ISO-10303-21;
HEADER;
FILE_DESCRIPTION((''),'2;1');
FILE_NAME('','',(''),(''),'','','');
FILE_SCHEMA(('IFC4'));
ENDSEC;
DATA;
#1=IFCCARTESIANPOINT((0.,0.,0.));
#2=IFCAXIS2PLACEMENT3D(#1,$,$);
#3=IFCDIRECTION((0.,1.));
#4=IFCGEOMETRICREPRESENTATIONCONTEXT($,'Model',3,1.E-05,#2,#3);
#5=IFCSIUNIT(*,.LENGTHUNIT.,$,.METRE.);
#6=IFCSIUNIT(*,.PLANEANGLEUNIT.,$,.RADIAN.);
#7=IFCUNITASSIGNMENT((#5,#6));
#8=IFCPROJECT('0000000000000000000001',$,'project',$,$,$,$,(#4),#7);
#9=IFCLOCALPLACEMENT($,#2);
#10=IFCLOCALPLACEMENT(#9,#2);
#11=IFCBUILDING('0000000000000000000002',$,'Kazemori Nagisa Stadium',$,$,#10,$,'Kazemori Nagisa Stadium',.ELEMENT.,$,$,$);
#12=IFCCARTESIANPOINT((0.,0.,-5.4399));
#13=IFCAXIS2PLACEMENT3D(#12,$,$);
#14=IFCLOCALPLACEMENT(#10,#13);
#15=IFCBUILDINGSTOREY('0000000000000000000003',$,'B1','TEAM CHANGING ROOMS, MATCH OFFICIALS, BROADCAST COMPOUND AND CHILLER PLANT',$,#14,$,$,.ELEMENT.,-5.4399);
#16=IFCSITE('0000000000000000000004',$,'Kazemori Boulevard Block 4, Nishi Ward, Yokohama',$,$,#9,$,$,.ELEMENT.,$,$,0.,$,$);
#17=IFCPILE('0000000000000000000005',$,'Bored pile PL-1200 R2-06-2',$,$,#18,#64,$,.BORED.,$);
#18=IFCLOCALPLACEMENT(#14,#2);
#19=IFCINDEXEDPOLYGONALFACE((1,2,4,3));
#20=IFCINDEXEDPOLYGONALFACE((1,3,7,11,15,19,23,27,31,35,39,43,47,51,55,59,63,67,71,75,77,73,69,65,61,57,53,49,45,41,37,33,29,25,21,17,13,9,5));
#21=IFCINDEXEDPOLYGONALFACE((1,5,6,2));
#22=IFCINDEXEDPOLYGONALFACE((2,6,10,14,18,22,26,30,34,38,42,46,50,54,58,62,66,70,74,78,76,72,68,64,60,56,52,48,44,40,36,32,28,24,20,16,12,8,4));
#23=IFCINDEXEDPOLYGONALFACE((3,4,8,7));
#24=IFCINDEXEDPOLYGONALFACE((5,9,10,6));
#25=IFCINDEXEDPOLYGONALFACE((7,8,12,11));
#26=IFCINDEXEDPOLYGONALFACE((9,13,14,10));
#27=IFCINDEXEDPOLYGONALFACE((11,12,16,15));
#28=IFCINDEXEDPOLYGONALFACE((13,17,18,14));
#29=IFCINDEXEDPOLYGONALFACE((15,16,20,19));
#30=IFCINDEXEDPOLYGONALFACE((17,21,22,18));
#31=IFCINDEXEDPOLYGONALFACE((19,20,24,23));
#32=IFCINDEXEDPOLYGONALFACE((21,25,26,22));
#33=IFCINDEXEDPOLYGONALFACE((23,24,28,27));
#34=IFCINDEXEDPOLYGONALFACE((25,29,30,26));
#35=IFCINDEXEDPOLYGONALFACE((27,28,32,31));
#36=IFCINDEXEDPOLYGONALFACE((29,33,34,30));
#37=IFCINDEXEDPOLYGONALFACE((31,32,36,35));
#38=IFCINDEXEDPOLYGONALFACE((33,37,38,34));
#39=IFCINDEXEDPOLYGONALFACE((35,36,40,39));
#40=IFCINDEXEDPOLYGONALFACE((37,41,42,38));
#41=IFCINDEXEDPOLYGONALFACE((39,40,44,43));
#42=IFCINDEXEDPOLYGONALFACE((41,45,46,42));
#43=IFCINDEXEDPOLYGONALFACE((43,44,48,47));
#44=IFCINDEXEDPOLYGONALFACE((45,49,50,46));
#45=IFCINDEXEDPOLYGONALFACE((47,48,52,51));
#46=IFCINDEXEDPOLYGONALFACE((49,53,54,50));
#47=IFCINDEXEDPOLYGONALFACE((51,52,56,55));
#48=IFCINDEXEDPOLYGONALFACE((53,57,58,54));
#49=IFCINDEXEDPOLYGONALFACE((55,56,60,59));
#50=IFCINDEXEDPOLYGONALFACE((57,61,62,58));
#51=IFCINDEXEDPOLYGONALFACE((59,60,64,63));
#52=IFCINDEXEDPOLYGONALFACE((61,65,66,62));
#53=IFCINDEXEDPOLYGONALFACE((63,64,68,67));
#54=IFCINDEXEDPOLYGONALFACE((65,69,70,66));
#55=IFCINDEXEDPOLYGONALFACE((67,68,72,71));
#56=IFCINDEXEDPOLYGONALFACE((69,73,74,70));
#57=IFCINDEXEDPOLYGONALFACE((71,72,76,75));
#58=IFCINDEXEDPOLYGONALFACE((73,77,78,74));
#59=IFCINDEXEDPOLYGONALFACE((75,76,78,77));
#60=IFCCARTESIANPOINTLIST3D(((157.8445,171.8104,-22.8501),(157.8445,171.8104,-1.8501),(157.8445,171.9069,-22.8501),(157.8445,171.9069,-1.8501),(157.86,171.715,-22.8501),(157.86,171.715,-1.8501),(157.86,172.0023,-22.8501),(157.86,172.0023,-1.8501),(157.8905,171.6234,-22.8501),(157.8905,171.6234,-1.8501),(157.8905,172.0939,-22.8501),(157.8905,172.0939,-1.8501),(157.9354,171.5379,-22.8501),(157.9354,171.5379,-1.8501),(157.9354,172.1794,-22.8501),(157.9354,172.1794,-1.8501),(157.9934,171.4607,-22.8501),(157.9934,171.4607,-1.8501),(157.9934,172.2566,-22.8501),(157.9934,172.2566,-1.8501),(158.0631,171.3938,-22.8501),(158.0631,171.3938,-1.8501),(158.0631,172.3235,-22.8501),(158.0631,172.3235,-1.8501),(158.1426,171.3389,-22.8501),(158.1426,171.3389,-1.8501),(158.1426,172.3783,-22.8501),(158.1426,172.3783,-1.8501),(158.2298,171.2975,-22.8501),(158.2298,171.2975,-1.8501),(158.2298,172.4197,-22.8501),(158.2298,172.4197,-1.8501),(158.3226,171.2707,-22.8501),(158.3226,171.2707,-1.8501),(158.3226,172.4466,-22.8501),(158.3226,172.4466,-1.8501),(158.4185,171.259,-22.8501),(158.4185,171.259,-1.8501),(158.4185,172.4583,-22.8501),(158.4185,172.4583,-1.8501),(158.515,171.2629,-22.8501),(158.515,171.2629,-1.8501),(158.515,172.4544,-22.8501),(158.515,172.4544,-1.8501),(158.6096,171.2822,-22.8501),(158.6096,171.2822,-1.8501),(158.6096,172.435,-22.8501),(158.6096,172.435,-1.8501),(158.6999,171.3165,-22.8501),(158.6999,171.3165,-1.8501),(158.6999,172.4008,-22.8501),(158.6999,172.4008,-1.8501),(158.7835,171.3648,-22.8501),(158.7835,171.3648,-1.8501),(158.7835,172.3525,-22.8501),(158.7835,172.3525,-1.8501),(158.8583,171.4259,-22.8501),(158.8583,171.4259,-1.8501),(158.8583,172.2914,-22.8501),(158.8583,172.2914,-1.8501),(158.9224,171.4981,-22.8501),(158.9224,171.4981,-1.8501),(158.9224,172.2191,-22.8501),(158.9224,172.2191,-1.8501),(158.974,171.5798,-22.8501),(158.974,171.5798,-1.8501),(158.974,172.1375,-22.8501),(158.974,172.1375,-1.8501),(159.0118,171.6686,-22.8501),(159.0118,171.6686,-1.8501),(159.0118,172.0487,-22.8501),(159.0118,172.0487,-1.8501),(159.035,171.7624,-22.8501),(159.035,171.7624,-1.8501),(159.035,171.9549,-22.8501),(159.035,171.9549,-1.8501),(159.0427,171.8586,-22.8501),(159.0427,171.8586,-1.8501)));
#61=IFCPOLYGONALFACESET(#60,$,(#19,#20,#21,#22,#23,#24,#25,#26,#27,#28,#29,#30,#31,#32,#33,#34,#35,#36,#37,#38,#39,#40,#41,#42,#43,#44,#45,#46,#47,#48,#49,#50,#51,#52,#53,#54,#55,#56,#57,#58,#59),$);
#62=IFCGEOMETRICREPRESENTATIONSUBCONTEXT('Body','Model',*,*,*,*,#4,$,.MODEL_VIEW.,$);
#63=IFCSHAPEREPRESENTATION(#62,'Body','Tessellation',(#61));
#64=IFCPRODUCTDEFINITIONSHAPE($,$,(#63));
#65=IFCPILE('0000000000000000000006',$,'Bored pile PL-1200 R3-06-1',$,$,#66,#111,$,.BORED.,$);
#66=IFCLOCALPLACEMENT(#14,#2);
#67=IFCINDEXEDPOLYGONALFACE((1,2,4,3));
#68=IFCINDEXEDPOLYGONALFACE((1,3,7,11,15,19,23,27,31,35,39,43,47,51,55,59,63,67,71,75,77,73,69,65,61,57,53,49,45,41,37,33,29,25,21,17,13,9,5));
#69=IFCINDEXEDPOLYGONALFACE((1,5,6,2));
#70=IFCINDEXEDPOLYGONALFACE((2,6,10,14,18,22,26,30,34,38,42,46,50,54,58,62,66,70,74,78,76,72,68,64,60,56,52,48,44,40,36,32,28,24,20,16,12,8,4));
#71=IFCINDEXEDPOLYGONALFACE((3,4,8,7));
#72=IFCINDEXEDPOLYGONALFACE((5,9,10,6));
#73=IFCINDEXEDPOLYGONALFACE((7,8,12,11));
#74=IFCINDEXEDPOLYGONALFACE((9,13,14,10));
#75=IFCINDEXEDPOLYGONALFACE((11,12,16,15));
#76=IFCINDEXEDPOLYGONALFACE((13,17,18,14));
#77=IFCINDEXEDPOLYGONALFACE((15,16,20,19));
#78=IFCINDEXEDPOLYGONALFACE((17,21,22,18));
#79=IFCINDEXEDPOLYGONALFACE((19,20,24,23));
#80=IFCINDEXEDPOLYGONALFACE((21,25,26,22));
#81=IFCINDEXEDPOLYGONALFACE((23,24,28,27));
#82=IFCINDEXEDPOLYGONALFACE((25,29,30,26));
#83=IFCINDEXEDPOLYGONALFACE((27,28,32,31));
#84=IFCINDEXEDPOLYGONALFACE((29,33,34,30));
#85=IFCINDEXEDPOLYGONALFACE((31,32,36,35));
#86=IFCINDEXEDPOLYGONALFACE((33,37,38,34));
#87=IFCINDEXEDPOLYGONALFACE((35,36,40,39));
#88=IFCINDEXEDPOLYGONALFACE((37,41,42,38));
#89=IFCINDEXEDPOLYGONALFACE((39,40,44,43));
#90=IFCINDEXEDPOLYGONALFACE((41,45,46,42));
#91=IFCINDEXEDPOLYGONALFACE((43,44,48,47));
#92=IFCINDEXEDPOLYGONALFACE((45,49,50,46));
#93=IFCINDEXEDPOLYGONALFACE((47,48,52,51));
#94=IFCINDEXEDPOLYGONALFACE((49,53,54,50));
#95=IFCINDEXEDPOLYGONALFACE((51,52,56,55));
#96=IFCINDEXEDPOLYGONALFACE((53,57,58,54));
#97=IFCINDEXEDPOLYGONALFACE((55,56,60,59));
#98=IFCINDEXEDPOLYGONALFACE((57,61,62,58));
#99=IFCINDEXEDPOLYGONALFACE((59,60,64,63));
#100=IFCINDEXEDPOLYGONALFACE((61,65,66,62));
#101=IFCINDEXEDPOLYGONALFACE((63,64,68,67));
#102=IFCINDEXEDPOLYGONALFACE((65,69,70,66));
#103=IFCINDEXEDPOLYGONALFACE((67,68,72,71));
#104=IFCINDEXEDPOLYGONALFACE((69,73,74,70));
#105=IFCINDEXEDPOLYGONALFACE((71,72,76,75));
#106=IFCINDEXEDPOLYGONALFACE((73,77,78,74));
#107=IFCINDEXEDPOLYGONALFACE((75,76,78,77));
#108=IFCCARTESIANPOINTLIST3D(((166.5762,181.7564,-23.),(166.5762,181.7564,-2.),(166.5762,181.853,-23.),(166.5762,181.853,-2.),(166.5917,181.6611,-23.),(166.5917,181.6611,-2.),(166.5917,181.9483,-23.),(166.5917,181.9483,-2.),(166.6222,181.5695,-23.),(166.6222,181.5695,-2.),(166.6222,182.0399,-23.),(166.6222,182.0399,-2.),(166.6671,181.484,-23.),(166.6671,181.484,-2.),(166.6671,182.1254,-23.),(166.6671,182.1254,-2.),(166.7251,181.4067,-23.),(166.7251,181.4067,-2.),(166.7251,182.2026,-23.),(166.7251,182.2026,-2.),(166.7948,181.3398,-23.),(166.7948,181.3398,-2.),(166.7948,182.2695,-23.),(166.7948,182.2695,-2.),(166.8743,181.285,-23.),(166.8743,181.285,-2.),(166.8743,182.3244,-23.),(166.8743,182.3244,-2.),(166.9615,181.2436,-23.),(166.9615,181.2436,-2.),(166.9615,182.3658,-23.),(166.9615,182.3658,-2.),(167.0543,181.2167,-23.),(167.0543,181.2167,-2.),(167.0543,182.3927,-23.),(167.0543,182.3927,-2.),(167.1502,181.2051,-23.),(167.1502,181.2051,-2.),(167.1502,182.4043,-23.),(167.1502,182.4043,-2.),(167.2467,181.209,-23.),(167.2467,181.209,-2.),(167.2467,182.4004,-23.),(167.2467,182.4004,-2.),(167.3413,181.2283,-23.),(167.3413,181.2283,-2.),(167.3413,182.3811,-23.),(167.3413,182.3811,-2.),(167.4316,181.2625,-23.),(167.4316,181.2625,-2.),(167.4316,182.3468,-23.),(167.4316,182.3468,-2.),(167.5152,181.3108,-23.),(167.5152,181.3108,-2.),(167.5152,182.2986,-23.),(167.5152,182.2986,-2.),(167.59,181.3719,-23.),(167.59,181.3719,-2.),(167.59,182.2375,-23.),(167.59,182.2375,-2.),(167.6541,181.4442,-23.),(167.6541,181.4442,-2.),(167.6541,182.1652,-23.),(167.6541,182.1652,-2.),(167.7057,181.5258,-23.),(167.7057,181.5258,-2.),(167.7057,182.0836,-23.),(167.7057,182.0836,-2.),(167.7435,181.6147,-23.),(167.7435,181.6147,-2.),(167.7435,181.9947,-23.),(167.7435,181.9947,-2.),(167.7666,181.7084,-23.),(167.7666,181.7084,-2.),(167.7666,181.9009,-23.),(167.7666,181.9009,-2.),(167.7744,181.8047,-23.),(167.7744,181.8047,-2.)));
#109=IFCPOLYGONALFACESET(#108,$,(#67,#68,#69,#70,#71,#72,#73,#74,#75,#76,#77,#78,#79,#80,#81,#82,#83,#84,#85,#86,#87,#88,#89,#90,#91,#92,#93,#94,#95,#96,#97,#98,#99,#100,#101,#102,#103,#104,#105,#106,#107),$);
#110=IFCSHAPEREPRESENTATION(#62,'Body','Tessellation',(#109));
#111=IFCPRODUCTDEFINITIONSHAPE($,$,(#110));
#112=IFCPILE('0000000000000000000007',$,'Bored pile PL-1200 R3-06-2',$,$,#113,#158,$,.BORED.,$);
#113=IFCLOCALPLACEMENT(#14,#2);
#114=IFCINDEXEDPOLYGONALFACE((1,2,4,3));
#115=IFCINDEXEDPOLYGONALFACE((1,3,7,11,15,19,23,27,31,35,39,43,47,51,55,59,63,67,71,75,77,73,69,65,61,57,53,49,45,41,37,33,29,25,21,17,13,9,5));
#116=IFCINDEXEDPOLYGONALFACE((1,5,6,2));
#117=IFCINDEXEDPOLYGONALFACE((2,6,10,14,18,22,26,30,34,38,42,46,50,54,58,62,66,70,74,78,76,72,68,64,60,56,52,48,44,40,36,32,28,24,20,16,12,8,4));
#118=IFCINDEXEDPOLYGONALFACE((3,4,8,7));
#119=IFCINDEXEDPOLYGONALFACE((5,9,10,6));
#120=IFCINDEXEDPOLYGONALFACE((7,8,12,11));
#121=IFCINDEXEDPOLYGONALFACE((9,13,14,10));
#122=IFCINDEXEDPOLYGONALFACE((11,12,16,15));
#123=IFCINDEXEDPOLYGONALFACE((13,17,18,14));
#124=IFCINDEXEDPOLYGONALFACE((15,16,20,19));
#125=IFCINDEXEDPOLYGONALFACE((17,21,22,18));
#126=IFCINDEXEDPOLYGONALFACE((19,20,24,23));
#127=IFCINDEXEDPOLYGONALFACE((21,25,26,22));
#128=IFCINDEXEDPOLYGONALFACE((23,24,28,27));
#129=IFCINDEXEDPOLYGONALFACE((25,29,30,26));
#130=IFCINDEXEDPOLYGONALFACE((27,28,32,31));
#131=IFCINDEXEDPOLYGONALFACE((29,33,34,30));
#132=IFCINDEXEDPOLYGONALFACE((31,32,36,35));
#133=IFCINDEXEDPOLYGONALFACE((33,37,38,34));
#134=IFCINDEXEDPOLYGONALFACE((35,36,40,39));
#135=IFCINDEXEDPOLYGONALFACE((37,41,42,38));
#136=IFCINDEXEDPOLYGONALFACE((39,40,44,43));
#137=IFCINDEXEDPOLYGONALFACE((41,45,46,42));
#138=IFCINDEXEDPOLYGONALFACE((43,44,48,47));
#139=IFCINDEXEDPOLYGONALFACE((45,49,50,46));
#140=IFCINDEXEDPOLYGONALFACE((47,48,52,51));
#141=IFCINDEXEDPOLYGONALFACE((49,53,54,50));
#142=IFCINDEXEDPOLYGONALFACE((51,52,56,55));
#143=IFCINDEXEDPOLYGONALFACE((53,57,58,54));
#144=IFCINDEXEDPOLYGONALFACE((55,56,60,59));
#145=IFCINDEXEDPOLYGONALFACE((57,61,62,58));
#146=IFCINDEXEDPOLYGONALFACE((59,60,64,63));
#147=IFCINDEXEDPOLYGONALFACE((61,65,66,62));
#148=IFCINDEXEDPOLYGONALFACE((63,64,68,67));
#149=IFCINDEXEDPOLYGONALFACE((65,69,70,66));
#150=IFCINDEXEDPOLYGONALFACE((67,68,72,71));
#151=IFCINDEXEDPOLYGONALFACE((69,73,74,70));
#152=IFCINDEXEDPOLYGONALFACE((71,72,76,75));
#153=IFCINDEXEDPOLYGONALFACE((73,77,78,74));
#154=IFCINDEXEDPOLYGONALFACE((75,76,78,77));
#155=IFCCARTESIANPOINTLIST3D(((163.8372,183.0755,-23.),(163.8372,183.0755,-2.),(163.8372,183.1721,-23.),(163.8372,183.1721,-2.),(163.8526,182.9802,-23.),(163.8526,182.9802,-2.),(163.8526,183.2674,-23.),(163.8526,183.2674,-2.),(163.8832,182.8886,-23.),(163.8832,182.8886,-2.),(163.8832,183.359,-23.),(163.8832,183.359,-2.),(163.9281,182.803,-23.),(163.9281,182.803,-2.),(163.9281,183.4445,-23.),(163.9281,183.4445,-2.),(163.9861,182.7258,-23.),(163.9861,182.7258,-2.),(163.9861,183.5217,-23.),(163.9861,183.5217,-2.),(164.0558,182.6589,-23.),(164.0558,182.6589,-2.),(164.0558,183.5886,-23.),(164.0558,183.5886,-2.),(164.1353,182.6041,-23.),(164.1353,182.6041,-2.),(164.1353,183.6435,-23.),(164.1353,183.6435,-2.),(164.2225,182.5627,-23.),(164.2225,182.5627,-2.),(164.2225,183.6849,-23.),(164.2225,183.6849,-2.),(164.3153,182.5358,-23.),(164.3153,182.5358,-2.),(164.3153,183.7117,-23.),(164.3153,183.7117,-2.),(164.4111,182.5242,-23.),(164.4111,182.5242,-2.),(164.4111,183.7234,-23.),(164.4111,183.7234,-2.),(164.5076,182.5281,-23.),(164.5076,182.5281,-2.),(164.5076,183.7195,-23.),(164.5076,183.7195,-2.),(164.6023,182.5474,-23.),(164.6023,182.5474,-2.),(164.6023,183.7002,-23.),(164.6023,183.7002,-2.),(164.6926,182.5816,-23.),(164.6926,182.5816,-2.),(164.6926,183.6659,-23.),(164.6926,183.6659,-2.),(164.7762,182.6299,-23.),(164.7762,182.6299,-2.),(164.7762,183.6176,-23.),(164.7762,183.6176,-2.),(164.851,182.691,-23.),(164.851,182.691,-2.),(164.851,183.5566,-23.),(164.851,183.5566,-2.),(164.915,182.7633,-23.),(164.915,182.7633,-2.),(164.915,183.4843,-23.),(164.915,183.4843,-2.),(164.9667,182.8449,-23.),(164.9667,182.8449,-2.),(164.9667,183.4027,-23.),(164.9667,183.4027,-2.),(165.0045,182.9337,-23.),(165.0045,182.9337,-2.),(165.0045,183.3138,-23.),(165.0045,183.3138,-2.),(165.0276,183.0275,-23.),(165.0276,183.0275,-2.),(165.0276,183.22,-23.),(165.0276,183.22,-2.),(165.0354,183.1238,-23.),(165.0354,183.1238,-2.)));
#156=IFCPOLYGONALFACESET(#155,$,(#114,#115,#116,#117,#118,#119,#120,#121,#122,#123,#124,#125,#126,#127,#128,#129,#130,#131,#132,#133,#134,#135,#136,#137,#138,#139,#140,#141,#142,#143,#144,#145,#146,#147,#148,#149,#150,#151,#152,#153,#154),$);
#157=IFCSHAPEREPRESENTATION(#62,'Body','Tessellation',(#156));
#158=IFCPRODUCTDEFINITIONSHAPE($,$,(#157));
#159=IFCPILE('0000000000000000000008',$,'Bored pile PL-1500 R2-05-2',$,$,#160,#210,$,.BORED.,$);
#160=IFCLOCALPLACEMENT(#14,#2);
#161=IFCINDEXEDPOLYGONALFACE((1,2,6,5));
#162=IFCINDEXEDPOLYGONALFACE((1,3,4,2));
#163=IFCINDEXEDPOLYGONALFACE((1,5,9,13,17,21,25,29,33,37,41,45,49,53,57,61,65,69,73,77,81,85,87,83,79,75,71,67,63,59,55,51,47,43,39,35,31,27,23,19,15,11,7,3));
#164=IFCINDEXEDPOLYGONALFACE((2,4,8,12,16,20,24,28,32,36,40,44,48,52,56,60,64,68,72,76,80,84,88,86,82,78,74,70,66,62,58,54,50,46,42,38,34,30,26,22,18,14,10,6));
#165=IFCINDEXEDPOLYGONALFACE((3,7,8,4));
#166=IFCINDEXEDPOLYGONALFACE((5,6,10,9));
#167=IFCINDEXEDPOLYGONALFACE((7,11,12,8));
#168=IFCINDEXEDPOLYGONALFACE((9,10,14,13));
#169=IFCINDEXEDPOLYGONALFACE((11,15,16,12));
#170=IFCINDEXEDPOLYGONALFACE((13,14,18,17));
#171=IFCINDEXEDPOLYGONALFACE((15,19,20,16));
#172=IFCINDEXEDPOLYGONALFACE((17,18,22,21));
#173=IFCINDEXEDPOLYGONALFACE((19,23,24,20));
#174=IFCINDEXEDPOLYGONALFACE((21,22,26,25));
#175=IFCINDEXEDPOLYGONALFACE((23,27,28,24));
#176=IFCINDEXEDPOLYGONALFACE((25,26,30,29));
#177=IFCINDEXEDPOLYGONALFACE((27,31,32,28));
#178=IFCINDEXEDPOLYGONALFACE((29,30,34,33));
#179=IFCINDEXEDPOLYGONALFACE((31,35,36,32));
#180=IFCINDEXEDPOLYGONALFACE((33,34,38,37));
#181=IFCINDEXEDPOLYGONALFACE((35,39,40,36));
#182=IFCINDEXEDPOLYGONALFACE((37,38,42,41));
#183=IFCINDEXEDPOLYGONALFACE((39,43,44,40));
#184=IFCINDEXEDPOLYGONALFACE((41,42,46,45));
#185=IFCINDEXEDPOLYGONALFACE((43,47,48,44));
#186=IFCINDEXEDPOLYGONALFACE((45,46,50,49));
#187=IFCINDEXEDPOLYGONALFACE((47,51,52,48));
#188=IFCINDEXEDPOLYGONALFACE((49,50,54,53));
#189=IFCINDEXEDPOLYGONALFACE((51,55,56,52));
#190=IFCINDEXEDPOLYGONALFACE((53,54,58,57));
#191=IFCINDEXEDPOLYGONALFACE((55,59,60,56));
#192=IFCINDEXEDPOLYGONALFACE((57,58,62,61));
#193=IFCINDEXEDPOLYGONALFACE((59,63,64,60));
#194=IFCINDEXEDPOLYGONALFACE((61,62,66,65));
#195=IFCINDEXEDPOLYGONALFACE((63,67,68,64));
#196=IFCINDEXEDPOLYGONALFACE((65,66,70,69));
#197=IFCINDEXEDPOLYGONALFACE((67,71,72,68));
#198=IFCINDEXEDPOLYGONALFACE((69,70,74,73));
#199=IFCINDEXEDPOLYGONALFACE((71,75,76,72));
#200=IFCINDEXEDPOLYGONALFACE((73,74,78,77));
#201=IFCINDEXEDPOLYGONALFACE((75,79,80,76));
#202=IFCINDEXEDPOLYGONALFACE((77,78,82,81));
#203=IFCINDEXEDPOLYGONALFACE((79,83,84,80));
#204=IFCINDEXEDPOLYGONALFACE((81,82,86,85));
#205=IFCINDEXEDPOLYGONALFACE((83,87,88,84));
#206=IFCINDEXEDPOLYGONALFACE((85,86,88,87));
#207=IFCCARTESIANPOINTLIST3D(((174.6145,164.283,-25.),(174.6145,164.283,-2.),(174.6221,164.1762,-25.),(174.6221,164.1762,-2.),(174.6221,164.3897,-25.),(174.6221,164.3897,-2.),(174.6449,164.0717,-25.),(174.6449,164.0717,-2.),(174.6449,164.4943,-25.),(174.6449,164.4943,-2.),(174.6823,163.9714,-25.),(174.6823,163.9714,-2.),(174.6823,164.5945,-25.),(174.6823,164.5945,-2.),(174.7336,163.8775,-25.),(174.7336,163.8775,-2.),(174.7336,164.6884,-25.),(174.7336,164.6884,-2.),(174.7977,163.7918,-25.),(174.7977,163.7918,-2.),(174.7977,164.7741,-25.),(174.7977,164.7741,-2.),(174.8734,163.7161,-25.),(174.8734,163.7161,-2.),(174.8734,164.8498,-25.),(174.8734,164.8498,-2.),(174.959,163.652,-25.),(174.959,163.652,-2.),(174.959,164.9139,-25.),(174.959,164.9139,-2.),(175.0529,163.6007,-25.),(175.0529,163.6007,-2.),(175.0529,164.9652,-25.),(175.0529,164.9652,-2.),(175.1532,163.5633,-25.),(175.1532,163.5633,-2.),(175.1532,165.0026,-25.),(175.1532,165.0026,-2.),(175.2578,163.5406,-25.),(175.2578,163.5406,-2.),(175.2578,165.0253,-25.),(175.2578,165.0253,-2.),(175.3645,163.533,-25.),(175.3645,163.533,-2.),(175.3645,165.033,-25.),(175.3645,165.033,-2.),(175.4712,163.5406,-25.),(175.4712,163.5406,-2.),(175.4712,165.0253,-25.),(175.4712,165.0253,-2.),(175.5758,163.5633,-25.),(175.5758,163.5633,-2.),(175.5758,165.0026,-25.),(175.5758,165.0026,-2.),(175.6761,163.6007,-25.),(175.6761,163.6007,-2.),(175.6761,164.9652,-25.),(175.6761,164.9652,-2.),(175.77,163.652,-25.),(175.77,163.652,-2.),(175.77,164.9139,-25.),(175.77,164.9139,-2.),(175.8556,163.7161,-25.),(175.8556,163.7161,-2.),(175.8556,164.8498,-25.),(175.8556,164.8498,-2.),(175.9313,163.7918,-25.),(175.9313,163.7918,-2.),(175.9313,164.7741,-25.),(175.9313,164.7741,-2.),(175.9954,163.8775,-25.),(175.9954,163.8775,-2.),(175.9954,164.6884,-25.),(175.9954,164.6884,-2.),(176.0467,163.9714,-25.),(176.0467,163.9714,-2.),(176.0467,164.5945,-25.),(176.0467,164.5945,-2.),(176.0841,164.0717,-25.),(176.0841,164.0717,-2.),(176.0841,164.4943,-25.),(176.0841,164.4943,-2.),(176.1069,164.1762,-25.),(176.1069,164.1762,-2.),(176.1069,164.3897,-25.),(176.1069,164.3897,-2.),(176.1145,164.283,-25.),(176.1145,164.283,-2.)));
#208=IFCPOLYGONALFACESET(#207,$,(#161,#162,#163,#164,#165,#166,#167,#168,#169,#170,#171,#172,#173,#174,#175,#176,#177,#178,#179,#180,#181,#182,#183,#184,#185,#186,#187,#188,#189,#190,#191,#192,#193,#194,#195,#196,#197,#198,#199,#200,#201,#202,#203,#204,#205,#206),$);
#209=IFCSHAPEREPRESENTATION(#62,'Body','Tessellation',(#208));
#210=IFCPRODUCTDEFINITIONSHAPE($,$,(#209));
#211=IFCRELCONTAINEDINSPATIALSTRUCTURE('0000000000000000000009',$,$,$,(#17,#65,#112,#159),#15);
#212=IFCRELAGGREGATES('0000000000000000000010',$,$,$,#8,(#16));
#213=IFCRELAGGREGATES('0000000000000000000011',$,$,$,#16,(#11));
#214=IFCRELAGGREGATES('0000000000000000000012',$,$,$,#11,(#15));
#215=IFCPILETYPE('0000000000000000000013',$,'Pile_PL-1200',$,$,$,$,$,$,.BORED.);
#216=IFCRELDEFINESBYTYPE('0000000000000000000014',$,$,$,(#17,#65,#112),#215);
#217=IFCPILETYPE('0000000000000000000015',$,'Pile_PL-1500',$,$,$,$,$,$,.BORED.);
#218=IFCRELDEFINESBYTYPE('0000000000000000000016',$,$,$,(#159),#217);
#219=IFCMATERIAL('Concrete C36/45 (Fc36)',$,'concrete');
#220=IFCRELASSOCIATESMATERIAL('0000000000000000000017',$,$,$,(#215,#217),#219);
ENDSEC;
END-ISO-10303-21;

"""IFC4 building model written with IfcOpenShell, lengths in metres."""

from ifc_helpers import new_model, si_unit, direction, frame, origin, origin_2d, place, context, subcontext, project, spatial, circle, extrude, material, material_profile, profile_set, type_object, element, save


model = new_model("IFC4")

# Units and contexts
model_context = context("Model", 3, precision=1e-05, world=origin(), true_north=direction((0.0, 1.0)))
body_context = subcontext(model_context, "Body", "Model", "MODEL_VIEW")
ifc_project = project(units=[si_unit("LENGTHUNIT", "METRE"), si_unit("PLANEANGLEUNIT", "RADIAN")], contexts=[model_context])

# Site, building, storey
site_placement = place(None, origin())
site = spatial("IfcSite", under=ifc_project, at=site_placement, Name="Kazemori Boulevard Block 4, Nishi Ward, Yokohama", CompositionType="ELEMENT", RefElevation=0.0)
building_placement = place(site_placement, origin())
building = spatial("IfcBuilding", under=site, at=building_placement, Name="Kazemori Nagisa Stadium", LongName="Kazemori Nagisa Stadium", CompositionType="ELEMENT")
storey_placement = place(building_placement, frame((0.0, 0.0, -5.4399)))
storey = spatial("IfcBuildingStorey", under=building, at=storey_placement, Name="B1", Description="TEAM CHANGING ROOMS, MATCH OFFICIALS, BROADCAST COMPOUND AND CHILLER PLANT", CompositionType="ELEMENT", Elevation=-5.4399)

# Piles
ifc_material_1 = material(Name="Concrete C36/45 (Fc36)", Category="concrete")
ifc_material_profile_1 = material_profile(ifc_material_1, circle(Radius=0.6001, at=origin_2d()), Name="PILE-D1200")
ifc_profile_set_1 = profile_set([ifc_material_profile_1], Name="Concrete C36/45 (Fc36)")
pile_type_1 = type_object("IfcPileType", Name="Pile_PL-1200", PredefinedType="BORED", material=ifc_profile_set_1)
for number, where, z_axis, x_axis, name in (
    (1, (158.4426, 171.8586, -1.8501), (0.0, 0.0, -1.0), (1.0, 0.0, 0.0), "Bored pile PL-1200 R2-06-2"),
    (2, (167.1743, 181.8047, -2.0), (0.0, 0.0, -1.0), (1.0, 0.0, 0.0), "Bored pile PL-1200 R3-06-1"),
    (3, (164.4353, 183.1238, -2.0), (0.0, 0.0, -1.0), (1.0, 0.0, 0.0), "Bored pile PL-1200 R3-06-2"),
):
    element("IfcPile", number, at=place(storey_placement, frame(where, z_axis=z_axis, x_axis=x_axis)), inside=storey, type_object=pile_type_1, Name=name, PredefinedType="BORED", context=body_context, shape_type="SweptSolid", body=[
        extrude(circle(Radius=0.6001, at=origin_2d()), origin(), (0.0, 0.0, 1.0), 21.0),
    ])
ifc_material_profile_2 = material_profile(ifc_material_1, circle(Radius=0.75, at=origin_2d()), Name="PILE-D1500")
ifc_profile_set_2 = profile_set([ifc_material_profile_2], Name="Concrete C36/45 (Fc36)")
pile_type_2 = type_object("IfcPileType", Name="Pile_PL-1500", PredefinedType="BORED", material=ifc_profile_set_2)
pile_placement = place(storey_placement, frame((175.3645, 164.283, -2.0), z_axis=(0.0, 0.0, -1.0), x_axis=(1.0, 0.0, 0.0)))
element("IfcPile", 4, at=pile_placement, inside=storey, type_object=pile_type_2, Name="Bored pile PL-1500 R2-05-2", PredefinedType="BORED", context=body_context, shape_type="SweptSolid", body=[
    extrude(circle(Radius=0.75, at=origin_2d()), origin(), (0.0, 0.0, 1.0), 23.0),
])

save(model, "model.ifc")
